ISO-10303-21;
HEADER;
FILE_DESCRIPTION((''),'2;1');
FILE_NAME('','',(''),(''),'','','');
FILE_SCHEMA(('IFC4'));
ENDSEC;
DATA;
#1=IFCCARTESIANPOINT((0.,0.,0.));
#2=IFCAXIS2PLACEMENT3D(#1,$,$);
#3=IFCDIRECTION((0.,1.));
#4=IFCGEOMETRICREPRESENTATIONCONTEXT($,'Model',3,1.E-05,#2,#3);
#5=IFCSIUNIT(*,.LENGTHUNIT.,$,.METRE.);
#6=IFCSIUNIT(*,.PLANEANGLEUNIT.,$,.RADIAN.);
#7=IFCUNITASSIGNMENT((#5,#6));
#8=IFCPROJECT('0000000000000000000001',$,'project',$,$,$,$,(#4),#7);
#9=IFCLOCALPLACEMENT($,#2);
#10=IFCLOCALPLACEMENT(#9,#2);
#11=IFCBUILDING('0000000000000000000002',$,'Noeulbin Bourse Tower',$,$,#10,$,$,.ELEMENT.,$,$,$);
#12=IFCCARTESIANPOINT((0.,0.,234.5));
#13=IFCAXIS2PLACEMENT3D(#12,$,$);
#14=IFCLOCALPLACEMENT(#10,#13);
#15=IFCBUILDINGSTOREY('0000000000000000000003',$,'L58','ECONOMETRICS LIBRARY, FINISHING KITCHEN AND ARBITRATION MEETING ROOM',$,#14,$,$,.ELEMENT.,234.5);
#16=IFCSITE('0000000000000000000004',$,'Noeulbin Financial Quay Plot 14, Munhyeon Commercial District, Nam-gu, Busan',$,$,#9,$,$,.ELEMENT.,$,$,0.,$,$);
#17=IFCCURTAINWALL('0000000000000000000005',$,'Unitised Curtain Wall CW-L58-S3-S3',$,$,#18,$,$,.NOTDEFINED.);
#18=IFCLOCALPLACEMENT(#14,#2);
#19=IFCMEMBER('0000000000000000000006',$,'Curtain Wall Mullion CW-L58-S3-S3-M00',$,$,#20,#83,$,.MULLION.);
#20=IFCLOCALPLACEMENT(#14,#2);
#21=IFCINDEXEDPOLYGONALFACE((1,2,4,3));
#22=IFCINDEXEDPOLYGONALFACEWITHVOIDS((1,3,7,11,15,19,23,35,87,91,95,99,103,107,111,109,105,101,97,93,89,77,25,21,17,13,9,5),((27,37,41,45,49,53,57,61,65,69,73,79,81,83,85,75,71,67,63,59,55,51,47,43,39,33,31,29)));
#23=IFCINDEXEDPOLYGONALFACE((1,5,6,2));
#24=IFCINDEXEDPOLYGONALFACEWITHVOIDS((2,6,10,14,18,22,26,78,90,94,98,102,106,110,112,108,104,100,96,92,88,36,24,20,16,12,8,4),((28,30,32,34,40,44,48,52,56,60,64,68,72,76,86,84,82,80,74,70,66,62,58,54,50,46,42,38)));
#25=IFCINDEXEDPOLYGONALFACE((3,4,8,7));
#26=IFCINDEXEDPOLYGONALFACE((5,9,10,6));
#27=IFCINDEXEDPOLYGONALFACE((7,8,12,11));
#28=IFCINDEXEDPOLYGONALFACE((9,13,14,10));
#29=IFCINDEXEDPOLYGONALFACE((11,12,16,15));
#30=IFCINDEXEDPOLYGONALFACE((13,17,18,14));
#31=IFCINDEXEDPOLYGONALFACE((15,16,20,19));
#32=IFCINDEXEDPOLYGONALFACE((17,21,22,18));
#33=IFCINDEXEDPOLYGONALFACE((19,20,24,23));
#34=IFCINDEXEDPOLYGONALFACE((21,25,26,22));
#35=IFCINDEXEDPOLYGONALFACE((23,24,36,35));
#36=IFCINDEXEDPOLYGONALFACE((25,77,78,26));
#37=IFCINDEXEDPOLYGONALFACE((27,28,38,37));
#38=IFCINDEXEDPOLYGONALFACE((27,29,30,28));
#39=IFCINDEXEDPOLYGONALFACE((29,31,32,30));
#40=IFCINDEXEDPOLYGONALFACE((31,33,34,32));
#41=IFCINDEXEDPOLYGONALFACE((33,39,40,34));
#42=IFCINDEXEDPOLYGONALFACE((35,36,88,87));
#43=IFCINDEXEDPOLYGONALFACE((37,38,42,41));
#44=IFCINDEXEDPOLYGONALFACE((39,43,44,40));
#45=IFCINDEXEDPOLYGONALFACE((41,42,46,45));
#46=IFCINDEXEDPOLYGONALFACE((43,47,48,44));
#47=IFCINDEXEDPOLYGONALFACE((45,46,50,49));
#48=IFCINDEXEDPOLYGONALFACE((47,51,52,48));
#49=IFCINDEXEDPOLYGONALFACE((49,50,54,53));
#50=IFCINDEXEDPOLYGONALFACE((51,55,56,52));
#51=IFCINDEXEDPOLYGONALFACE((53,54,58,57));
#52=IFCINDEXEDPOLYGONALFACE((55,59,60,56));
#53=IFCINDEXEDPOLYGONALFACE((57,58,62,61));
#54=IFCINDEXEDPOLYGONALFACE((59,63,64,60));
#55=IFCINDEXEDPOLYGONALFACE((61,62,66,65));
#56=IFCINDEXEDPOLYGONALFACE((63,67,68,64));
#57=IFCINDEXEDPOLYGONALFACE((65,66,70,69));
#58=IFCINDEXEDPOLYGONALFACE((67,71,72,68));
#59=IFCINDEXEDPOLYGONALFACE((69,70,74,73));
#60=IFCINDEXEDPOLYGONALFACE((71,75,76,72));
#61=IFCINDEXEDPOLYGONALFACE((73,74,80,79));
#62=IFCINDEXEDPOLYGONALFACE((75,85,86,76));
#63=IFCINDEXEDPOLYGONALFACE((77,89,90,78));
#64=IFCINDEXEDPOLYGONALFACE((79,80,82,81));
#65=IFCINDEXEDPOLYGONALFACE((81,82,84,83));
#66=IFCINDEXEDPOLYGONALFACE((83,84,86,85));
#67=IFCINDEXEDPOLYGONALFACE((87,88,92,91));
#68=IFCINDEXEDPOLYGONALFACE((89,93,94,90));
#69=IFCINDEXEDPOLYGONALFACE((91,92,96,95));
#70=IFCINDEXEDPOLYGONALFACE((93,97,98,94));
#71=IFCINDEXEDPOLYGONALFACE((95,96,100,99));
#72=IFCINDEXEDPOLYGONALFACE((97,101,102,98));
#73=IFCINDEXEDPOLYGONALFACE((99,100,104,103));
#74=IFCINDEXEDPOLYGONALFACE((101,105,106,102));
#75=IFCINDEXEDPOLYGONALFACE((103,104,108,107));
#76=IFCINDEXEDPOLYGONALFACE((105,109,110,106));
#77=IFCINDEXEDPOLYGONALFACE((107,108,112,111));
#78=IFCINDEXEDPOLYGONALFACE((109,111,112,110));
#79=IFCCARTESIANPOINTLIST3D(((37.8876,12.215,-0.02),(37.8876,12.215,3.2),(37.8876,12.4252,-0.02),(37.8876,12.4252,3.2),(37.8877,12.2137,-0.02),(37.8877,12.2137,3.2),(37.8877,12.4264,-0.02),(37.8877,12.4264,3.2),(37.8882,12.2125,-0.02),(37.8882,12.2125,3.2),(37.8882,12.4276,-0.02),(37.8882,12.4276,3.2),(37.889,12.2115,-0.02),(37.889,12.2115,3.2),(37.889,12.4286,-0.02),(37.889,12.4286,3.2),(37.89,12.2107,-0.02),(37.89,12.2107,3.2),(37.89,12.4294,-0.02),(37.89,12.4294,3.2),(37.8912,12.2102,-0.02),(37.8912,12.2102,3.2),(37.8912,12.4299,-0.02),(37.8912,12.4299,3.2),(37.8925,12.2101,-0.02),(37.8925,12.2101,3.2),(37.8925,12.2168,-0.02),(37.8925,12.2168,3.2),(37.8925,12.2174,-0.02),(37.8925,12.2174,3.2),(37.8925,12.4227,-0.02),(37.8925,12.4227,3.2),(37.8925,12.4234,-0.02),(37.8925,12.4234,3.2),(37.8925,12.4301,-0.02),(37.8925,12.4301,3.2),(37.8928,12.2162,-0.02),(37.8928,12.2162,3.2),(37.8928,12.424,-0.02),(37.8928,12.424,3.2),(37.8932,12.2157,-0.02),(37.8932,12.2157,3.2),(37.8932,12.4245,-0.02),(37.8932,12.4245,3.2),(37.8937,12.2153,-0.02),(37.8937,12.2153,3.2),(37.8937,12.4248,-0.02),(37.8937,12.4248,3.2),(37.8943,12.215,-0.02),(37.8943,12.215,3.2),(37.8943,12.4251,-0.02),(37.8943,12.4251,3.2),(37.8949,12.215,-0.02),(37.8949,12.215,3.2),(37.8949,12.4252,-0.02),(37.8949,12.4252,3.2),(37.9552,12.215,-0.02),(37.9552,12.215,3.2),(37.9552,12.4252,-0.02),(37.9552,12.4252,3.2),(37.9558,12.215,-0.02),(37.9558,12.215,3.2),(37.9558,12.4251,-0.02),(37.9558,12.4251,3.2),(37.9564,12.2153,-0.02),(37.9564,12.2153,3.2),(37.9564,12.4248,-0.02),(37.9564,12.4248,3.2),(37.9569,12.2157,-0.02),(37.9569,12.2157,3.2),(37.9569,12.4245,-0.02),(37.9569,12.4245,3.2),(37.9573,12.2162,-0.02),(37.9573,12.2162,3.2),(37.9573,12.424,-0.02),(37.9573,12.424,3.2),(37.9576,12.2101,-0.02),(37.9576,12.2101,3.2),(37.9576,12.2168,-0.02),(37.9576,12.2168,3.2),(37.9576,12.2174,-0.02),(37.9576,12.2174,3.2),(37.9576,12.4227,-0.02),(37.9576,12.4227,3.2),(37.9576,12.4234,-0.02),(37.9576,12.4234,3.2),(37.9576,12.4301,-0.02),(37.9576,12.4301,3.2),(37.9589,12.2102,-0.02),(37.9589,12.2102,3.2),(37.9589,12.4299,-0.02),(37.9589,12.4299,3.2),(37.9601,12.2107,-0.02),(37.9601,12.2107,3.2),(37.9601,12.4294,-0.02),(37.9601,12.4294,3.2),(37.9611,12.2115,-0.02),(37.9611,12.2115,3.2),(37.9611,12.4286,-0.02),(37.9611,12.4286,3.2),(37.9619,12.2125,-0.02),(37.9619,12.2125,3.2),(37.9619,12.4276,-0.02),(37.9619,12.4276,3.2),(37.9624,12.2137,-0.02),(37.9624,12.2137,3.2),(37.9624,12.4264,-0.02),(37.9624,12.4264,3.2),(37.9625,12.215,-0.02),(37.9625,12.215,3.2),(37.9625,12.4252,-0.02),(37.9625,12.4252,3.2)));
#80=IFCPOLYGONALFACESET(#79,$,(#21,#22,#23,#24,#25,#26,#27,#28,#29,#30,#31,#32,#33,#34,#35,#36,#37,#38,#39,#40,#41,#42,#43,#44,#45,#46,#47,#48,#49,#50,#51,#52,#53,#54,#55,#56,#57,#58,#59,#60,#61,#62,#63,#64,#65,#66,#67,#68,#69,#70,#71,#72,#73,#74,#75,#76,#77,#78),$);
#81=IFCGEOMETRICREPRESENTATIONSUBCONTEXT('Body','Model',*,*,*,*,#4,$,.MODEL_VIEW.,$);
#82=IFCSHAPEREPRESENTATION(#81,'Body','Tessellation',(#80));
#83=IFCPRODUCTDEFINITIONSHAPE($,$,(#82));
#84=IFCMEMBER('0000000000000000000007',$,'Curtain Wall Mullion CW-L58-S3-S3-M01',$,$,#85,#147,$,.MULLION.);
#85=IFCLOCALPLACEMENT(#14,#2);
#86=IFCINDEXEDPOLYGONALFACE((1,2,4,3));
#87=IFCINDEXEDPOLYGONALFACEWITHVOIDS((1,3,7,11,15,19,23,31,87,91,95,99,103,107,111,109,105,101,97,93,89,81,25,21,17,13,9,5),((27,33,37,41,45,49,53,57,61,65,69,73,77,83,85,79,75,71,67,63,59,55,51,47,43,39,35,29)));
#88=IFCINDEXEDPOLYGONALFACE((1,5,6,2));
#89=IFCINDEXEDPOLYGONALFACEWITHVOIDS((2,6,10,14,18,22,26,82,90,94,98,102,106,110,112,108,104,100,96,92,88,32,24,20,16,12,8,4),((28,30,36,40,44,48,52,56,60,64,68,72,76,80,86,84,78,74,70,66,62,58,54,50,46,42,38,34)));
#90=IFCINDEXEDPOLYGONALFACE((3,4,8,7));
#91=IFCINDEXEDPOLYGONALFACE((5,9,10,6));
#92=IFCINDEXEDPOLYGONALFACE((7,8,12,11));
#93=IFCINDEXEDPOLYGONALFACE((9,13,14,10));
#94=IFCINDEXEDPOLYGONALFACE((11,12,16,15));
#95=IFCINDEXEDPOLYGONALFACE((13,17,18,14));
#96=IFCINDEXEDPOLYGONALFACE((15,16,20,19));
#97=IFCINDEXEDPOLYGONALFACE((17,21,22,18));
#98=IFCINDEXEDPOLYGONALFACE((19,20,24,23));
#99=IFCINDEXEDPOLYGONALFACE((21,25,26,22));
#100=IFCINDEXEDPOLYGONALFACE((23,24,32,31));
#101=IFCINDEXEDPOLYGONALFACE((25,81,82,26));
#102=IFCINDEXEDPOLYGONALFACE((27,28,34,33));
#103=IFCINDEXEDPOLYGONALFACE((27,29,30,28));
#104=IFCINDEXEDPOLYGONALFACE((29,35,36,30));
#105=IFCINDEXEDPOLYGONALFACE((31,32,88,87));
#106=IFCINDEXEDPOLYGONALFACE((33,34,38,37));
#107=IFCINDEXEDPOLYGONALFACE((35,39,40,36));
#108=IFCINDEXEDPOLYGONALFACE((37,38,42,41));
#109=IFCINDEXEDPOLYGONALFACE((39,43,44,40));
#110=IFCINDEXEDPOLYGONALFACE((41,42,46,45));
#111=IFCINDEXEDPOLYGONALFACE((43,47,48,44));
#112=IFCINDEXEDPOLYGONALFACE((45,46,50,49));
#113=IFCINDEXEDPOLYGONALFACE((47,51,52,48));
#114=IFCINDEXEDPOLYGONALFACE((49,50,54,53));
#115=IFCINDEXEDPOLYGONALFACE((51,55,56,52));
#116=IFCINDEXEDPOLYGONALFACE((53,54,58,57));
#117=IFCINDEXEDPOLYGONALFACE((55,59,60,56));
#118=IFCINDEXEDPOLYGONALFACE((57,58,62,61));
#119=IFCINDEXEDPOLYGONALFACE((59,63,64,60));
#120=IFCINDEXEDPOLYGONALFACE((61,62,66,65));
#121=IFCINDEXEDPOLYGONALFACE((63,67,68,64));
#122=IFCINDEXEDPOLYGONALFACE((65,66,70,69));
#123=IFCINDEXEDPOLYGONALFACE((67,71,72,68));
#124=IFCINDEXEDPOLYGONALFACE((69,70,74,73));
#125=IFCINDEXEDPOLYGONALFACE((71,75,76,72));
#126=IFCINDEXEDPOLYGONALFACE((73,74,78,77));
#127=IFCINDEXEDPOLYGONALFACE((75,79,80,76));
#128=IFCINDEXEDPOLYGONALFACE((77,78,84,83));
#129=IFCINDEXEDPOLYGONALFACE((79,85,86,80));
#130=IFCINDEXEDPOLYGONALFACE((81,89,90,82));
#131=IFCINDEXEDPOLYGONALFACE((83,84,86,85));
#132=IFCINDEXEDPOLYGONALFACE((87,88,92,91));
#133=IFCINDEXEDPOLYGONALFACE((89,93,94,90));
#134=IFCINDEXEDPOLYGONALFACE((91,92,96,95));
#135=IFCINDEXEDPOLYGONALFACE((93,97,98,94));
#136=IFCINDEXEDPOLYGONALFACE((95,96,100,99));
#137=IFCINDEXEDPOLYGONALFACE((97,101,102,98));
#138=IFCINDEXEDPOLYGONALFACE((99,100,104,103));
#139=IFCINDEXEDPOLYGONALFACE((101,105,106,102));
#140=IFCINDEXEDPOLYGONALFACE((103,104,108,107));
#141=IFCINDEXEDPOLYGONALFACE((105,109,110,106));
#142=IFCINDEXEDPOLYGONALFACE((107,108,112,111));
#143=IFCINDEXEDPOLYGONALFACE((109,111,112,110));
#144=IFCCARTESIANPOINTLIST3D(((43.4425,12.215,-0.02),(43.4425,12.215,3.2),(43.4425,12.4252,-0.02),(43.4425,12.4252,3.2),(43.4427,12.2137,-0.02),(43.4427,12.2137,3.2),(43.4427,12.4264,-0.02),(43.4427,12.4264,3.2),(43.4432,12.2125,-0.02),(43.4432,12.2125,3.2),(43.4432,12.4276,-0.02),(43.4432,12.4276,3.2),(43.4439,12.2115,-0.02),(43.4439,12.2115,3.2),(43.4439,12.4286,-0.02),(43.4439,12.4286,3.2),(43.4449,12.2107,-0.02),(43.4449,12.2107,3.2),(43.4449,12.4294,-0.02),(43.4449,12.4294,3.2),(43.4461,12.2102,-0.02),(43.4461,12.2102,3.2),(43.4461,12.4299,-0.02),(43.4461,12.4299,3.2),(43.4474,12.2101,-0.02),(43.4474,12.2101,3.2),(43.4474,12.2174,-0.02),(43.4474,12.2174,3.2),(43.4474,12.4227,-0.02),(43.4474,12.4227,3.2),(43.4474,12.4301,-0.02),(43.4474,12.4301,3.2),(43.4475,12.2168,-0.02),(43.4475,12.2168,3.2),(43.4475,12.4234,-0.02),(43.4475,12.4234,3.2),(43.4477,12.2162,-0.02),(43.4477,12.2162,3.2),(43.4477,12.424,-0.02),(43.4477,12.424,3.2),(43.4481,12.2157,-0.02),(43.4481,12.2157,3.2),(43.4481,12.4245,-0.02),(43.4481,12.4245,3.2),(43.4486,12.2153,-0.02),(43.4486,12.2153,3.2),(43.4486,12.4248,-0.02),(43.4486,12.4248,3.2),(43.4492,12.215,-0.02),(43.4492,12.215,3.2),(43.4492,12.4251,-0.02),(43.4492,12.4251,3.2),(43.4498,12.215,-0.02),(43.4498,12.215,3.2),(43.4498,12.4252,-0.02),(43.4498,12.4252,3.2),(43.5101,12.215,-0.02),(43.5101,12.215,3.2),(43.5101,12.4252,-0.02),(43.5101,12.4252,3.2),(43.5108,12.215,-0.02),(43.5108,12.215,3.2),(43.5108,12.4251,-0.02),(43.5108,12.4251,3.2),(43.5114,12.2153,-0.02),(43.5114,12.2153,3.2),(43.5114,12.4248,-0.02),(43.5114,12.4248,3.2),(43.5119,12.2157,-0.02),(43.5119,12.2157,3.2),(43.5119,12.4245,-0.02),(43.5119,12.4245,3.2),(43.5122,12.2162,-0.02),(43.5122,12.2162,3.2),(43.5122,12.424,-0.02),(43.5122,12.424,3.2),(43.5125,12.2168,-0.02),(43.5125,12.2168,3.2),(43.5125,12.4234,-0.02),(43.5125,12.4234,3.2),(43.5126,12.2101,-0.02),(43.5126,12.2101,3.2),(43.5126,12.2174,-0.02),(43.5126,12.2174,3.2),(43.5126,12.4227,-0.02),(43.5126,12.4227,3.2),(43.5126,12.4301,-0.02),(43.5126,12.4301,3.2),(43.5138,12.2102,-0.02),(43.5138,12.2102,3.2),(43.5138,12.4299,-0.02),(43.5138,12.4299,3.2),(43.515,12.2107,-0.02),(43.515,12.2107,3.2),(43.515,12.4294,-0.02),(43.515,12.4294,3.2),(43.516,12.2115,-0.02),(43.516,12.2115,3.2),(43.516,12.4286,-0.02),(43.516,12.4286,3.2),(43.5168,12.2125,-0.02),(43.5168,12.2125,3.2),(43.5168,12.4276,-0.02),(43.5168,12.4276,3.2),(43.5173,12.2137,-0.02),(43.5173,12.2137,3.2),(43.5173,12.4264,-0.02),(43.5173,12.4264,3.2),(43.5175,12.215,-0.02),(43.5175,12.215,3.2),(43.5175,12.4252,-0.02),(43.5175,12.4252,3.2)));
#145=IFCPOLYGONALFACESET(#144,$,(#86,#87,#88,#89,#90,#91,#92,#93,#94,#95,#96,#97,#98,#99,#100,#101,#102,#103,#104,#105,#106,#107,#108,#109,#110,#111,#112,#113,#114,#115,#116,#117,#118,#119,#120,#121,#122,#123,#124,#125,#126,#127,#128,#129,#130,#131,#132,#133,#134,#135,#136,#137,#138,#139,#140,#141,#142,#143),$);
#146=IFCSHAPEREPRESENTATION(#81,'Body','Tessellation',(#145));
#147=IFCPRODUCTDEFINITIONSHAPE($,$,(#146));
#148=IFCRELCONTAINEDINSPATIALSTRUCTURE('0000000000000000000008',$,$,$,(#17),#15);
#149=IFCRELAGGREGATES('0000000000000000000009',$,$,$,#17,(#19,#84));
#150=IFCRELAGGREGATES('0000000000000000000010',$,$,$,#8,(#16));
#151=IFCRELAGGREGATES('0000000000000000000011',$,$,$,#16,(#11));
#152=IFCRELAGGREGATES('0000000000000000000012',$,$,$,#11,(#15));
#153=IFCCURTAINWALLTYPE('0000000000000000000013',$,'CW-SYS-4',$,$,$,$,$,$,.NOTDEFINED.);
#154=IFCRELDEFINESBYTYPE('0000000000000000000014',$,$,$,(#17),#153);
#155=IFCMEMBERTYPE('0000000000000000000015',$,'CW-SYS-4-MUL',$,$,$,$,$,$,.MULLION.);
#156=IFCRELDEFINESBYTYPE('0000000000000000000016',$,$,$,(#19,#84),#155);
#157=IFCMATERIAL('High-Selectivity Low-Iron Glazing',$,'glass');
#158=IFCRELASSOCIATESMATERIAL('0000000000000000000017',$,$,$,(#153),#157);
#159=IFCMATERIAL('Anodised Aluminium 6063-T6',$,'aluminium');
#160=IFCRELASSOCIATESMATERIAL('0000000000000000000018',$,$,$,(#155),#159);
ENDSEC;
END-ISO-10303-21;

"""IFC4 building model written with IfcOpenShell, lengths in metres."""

from ifc_helpers import new_model, si_unit, direction, frame, origin, origin_2d, place, context, subcontext, project, spatial, hollow_rectangle, extrude, material, material_profile, profile_set, type_object, element, aggregate, save


model = new_model("IFC4")

# Units and contexts
model_context = context("Model", 3, precision=1e-05, world=origin(), true_north=direction((0.0, 1.0)))
body_context = subcontext(model_context, "Body", "Model", "MODEL_VIEW")
ifc_project = project(units=[si_unit("LENGTHUNIT", "METRE"), si_unit("PLANEANGLEUNIT", "RADIAN")], contexts=[model_context])

# Site, building, storey
site_placement = place(None, origin())
site = spatial("IfcSite", under=ifc_project, at=site_placement, Name="Noeulbin Financial Quay Plot 14, Munhyeon Commercial District, Nam-gu, Busan", CompositionType="ELEMENT", RefElevation=0.0)
building_placement = place(site_placement, origin())
building = spatial("IfcBuilding", under=site, at=building_placement, Name="Noeulbin Bourse Tower", CompositionType="ELEMENT")
storey_placement = place(building_placement, frame((0.0, 0.0, 234.5)))
storey = spatial("IfcBuildingStorey", under=building, at=storey_placement, Name="L58", Description="ECONOMETRICS LIBRARY, FINISHING KITCHEN AND ARBITRATION MEETING ROOM", CompositionType="ELEMENT", Elevation=234.5)

# Curtain wall, members
ifc_material_1 = material(Name="High-Selectivity Low-Iron Glazing", Category="glass")
curtain_wall_type = type_object("IfcCurtainWallType", Name="CW-SYS-4", PredefinedType="NOTDEFINED", material=ifc_material_1)
ifc_material_2 = material(Name="Anodised Aluminium 6063-T6", Category="aluminium")
ifc_material_profile_1 = material_profile(ifc_material_2, hollow_rectangle(XDim=0.075, YDim=0.22, WallThickness=0.0049, InnerFilletRadius=0.0024, OuterFilletRadius=0.0049, at=origin_2d()), Name="ALU-MULL-75x220x5", Category="LoadBearing")
ifc_profile_set_1 = profile_set([ifc_material_profile_1], Name="Anodised Aluminium 6063-T6")
member_type_1 = type_object("IfcMemberType", Name="CW-SYS-4-MUL", PredefinedType="MULLION", material=ifc_profile_set_1)
curtain_wall_1_placement = place(storey_placement, origin())
curtain_wall_1 = element("IfcCurtainWall", 1, at=curtain_wall_1_placement, inside=storey, type_object=curtain_wall_type, Name="Unitised Curtain Wall CW-L58-S3-S3", PredefinedType="NOTDEFINED")
member_1_placement = place(storey_placement, frame((37.925, 12.3201, -0.02), z_axis=(0.0, 0.0, 1.0), x_axis=(1.0, 0.0, 0.0)))
member_1 = element("IfcMember", 2, at=member_1_placement, type_object=member_type_1, Name="Curtain Wall Mullion CW-L58-S3-S3-M00", PredefinedType="MULLION", context=body_context, shape_type="SweptSolid", body=[
    extrude(hollow_rectangle(XDim=0.075, YDim=0.22, WallThickness=0.0049, InnerFilletRadius=0.0024, OuterFilletRadius=0.0049, at=origin_2d()), origin(), (0.0, 0.0, 1.0), 3.22),
])
member_2_placement = place(storey_placement, frame((43.48, 12.3201, -0.02), z_axis=(0.0, 0.0, 1.0), x_axis=(1.0, 0.0, 0.0)))
member_2 = element("IfcMember", 3, at=member_2_placement, type_object=member_type_1, Name="Curtain Wall Mullion CW-L58-S3-S3-M01", PredefinedType="MULLION", context=body_context, shape_type="SweptSolid", body=[
    extrude(hollow_rectangle(XDim=0.075, YDim=0.22, WallThickness=0.0049, InnerFilletRadius=0.0024, OuterFilletRadius=0.0049, at=origin_2d()), origin(), (0.0, 0.0, 1.0), 3.22),
])

aggregate(curtain_wall_1, [member_1, member_2])

save(model, "model.ifc")
